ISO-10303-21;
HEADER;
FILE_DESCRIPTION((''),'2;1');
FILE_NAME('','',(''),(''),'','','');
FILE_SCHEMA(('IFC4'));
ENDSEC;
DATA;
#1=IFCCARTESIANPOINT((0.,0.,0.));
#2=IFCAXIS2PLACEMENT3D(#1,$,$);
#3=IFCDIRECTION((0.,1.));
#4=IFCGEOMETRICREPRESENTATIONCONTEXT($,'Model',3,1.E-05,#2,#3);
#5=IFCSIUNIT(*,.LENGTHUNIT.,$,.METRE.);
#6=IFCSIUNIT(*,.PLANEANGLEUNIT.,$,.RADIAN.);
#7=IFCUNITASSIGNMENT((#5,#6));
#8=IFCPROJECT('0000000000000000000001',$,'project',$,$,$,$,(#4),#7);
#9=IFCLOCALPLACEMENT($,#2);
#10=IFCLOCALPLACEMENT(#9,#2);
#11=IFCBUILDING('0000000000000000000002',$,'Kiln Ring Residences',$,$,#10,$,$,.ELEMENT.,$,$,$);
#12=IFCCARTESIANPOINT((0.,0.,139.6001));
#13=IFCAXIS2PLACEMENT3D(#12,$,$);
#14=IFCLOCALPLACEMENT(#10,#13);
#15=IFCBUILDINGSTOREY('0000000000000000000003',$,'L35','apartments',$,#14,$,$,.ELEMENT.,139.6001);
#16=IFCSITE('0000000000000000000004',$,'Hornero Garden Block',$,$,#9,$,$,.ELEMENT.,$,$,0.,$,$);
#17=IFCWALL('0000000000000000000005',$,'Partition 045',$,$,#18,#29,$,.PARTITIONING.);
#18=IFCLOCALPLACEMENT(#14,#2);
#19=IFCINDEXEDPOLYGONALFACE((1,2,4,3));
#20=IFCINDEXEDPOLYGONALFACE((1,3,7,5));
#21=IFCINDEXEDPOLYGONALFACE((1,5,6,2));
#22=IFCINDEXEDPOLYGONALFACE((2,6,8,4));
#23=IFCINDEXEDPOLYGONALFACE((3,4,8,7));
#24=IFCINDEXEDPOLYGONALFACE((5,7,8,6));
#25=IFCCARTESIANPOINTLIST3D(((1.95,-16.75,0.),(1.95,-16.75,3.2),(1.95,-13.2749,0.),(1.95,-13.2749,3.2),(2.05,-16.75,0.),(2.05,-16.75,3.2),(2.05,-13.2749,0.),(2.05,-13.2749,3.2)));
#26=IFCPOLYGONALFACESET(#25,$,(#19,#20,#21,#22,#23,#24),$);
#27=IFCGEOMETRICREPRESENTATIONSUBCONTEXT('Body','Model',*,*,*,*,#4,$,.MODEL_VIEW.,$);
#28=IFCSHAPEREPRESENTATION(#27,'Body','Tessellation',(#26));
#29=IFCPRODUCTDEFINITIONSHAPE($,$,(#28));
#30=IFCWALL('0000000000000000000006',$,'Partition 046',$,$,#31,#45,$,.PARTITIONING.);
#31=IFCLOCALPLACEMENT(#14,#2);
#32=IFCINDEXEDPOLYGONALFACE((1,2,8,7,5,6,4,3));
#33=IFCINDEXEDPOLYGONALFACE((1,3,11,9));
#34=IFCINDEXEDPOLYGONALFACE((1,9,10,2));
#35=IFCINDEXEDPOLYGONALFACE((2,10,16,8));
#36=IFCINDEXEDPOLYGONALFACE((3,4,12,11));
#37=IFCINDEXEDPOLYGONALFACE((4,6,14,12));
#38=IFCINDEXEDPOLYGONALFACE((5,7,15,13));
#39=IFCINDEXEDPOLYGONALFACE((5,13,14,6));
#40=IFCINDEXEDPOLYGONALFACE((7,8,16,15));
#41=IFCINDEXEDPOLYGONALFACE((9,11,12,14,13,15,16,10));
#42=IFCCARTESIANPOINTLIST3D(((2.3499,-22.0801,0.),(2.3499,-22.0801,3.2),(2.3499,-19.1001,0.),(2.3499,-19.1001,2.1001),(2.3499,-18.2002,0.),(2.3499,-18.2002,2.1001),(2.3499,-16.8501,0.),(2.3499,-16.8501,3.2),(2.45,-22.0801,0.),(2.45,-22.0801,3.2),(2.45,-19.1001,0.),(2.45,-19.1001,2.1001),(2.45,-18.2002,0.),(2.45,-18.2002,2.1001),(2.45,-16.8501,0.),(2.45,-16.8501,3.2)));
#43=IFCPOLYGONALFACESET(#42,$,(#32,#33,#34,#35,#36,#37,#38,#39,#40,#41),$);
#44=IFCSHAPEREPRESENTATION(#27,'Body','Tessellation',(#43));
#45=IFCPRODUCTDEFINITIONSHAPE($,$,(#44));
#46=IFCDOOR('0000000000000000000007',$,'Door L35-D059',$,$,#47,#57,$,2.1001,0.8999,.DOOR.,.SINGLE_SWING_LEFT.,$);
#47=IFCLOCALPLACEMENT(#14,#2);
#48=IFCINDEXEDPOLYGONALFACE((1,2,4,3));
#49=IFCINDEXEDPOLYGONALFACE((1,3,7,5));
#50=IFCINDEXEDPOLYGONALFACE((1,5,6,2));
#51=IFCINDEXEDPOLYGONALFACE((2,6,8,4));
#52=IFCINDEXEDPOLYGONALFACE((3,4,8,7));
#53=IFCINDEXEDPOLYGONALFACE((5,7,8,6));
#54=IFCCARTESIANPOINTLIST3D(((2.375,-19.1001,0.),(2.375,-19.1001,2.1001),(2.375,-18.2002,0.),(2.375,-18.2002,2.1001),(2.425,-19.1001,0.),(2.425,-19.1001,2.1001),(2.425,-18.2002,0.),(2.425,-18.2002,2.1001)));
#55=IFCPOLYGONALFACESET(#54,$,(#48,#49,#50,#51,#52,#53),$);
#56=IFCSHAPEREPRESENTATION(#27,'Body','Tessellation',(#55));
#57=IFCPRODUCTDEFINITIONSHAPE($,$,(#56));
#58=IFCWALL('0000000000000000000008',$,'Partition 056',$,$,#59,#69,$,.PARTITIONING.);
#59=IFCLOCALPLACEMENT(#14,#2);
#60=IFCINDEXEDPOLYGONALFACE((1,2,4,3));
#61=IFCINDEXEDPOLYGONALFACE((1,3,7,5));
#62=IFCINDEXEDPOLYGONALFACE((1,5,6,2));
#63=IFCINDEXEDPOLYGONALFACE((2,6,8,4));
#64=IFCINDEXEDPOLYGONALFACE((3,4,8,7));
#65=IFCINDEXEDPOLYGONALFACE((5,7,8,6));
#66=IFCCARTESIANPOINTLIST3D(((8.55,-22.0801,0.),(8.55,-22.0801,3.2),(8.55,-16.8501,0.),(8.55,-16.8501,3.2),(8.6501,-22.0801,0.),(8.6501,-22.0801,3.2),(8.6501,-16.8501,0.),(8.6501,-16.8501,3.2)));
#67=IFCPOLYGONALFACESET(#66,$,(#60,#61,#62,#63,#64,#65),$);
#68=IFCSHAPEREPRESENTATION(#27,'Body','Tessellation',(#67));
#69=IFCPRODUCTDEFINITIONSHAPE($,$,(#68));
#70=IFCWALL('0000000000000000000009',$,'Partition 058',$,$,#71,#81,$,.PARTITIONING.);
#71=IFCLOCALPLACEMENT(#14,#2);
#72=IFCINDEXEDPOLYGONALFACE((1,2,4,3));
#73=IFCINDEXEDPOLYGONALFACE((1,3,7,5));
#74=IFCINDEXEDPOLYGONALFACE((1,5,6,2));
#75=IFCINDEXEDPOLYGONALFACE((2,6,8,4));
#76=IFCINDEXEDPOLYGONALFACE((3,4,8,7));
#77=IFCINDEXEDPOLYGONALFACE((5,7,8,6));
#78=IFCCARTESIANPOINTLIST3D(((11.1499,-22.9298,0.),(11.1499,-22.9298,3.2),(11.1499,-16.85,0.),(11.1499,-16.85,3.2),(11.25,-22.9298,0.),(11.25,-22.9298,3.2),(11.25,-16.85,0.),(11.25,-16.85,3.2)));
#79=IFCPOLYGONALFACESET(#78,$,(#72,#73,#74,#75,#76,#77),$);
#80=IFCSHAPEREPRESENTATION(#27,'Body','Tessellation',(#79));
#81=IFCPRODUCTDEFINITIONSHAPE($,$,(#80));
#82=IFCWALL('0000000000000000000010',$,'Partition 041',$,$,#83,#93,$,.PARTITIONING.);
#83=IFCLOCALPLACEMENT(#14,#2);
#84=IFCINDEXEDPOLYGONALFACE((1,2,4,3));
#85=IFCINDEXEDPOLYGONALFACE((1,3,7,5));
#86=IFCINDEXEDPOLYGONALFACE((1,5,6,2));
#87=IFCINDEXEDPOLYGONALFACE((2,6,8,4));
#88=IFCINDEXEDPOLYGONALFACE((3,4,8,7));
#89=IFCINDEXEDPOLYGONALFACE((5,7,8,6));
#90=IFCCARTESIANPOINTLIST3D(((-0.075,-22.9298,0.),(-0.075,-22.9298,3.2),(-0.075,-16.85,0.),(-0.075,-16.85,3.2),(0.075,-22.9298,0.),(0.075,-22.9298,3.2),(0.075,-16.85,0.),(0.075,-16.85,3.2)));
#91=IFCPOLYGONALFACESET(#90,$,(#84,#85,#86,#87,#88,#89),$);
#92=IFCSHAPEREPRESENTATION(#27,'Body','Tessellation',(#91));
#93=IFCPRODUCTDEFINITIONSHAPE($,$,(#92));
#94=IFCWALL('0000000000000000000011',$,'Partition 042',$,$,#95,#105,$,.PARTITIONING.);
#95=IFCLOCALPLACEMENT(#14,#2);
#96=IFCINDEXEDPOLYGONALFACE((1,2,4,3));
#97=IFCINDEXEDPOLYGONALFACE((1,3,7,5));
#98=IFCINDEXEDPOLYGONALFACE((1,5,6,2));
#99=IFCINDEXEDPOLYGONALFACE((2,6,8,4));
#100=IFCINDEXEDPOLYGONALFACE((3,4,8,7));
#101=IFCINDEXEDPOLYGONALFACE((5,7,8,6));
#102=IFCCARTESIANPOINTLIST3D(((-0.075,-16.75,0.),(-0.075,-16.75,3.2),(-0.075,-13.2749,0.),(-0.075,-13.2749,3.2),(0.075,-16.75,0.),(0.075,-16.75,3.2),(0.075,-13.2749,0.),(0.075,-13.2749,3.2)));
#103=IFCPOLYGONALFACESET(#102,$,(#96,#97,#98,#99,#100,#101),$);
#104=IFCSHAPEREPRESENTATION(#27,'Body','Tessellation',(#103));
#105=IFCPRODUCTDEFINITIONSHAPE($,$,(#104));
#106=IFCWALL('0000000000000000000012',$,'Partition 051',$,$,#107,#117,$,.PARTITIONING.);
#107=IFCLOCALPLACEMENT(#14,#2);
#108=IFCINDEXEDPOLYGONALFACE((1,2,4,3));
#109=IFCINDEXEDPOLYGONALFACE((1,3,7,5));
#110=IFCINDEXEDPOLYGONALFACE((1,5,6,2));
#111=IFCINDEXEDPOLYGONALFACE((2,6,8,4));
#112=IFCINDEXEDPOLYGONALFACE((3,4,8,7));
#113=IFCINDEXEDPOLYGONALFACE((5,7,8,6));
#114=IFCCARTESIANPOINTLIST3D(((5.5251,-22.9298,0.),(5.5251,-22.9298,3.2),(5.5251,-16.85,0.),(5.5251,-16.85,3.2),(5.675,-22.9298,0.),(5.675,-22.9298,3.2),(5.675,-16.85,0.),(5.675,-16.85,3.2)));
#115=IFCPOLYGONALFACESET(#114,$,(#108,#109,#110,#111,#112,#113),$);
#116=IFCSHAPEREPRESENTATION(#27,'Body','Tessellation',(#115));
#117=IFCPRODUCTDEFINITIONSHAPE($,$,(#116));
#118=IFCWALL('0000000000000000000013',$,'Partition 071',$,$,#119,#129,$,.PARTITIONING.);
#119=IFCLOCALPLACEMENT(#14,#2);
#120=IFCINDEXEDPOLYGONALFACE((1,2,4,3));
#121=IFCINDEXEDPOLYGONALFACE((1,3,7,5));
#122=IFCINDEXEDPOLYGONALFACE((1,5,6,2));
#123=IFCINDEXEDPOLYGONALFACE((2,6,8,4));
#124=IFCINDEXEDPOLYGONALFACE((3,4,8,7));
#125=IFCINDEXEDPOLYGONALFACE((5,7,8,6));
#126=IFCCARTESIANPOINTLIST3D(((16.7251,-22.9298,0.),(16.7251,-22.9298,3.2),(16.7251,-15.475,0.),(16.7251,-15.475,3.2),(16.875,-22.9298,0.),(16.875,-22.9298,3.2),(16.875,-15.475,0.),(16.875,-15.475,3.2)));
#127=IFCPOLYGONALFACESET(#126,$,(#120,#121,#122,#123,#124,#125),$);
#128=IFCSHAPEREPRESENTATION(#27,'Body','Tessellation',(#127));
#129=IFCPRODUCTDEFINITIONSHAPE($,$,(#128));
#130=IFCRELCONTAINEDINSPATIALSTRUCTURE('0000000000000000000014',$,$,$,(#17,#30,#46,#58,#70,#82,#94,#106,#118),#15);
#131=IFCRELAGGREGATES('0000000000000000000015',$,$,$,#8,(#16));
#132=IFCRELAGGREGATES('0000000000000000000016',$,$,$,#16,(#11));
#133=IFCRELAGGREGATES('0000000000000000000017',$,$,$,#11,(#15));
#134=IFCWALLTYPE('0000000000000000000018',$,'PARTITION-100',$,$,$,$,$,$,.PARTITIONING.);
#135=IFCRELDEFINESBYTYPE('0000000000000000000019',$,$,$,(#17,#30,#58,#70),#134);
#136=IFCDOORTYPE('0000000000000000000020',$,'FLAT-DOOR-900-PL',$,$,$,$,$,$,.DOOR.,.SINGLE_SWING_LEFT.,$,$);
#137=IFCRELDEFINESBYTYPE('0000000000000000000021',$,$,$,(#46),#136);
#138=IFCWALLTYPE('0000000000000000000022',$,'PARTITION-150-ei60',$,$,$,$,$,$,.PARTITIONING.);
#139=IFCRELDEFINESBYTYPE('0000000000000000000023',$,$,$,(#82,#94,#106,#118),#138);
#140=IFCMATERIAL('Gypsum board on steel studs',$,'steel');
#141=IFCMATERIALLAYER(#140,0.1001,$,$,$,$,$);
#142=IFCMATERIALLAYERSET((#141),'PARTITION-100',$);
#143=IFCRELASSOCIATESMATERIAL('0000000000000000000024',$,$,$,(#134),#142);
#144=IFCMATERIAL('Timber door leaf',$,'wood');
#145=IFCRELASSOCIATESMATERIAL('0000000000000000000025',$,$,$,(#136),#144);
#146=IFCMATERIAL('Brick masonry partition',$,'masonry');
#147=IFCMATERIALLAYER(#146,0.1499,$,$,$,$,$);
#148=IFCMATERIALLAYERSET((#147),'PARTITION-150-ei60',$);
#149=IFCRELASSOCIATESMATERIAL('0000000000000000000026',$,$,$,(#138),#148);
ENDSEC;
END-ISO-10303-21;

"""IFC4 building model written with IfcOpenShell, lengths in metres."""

from ifc_helpers import new_model, si_unit, direction, frame, frame_2d, origin, place, context, subcontext, project, spatial, rectangle, extrude, material, layer, layer_set, type_object, element, fill, save


model = new_model("IFC4")

# Units and contexts
model_context = context("Model", 3, precision=1e-05, world=origin(), true_north=direction((0.0, 1.0)))
body_context = subcontext(model_context, "Body", "Model", "MODEL_VIEW")
ifc_project = project(units=[si_unit("LENGTHUNIT", "METRE"), si_unit("PLANEANGLEUNIT", "RADIAN")], contexts=[model_context])

# Site, building, storey
site_placement = place(None, origin())
site = spatial("IfcSite", under=ifc_project, at=site_placement, Name="Hornero Garden Block", CompositionType="ELEMENT", RefElevation=0.0)
building_placement = place(site_placement, origin())
building = spatial("IfcBuilding", under=site, at=building_placement, Name="Kiln Ring Residences", CompositionType="ELEMENT")
storey_placement = place(building_placement, frame((0.0, 0.0, 139.6001)))
storey = spatial("IfcBuildingStorey", under=building, at=storey_placement, Name="L35", Description="apartments", CompositionType="ELEMENT", Elevation=139.6001)

# Shared definitions
ifc_material_1 = material(Name="Gypsum board on steel studs", Category="steel")
ifc_layer_1 = layer(ifc_material_1, 0.1001)
ifc_layer_set_1 = layer_set([ifc_layer_1], Name="PARTITION-100")
wall_type_1 = type_object("IfcWallType", Name="PARTITION-100", PredefinedType="PARTITIONING", material=ifc_layer_set_1)
ifc_material_2 = material(Name="Timber door leaf", Category="wood")
door_type_1 = type_object("IfcDoorType", Name="FLAT-DOOR-900-PL", OperationType="SINGLE_SWING_LEFT", PredefinedType="DOOR", material=ifc_material_2)

# Wall
wall_1_placement = place(storey_placement, frame((2.0, -16.75, 0.0), z_axis=(0.0, 0.0, 1.0), x_axis=(0.0, 1.0, 0.0)))
element("IfcWall", 1, at=wall_1_placement, inside=storey, type_object=wall_type_1, Name="Partition 045", PredefinedType="PARTITIONING", context=body_context, shape_type="SweptSolid", body=[
    extrude(rectangle(XDim=3.4751, YDim=0.1001, at=frame_2d((1.7375, 0.0))), origin(), (0.0, 0.0, 1.0), 3.2),
])

# Wall, opening, door
wall_2_placement = place(storey_placement, frame((2.3999, -22.0801, 0.0), z_axis=(0.0, 0.0, 1.0), x_axis=(0.0, 1.0, 0.0)))
wall_2 = element("IfcWall", 2, at=wall_2_placement, inside=storey, type_object=wall_type_1, Name="Partition 046", PredefinedType="PARTITIONING", context=body_context, shape_type="SweptSolid", body=[
    extrude(rectangle(XDim=5.23, YDim=0.1001, at=frame_2d((2.615, 0.0))), origin(), (0.0, 0.0, 1.0), 3.2),
])
opening_1_placement = place(wall_2_placement, frame((2.98, 0.0, 0.0)))
opening_1 = element("IfcOpeningElement", 3, at=opening_1_placement, cuts=wall_2, PredefinedType="OPENING", context=body_context, shape_type="SweptSolid", body=[
    extrude(rectangle(XDim=0.8999, YDim=2.1001, at=frame_2d((0.45, 1.05))), frame((0.0, 0.0601, 0.0), z_axis=(0.0, -1.0, 0.0), x_axis=(1.0, 0.0, 0.0)), (0.0, 0.0, 1.0), 0.1201),
])
door_1_placement = place(opening_1_placement, origin())
door_1 = element("IfcDoor", 4, at=door_1_placement, inside=storey, type_object=door_type_1, Name="Door L35-D059", OperationType="SINGLE_SWING_LEFT", OverallHeight=2.1001, OverallWidth=0.8999, PredefinedType="DOOR", context=body_context, shape_type="SweptSolid", body=[
    extrude(rectangle(XDim=0.8999, YDim=2.1001, at=frame_2d((0.45, 1.05))), frame((0.0, 0.0249, 0.0), z_axis=(0.0, -1.0, 0.0), x_axis=(1.0, 0.0, 0.0)), (0.0, 0.0, 1.0), 0.05),
])
fill(opening_1, door_1)

# Walls
wall_3_placement = place(storey_placement, frame((8.6001, -22.0801, 0.0), z_axis=(0.0, 0.0, 1.0), x_axis=(0.0, 1.0, 0.0)))
element("IfcWall", 5, at=wall_3_placement, inside=storey, type_object=wall_type_1, Name="Partition 056", PredefinedType="PARTITIONING", context=body_context, shape_type="SweptSolid", body=[
    extrude(rectangle(XDim=5.23, YDim=0.1001, at=frame_2d((2.615, 0.0))), origin(), (0.0, 0.0, 1.0), 3.2),
])
wall_4_placement = place(storey_placement, frame((11.2, -22.9299, 0.0), z_axis=(0.0, 0.0, 1.0), x_axis=(0.0, 1.0, 0.0)))
element("IfcWall", 6, at=wall_4_placement, inside=storey, type_object=wall_type_1, Name="Partition 058", PredefinedType="PARTITIONING", context=body_context, shape_type="SweptSolid", body=[
    extrude(rectangle(XDim=6.0798, YDim=0.1001, at=frame_2d((3.04, 0.0))), origin(), (0.0, 0.0, 1.0), 3.2),
])
ifc_material_3 = material(Name="Brick masonry partition", Category="masonry")
ifc_layer_2 = layer(ifc_material_3, 0.1499)
ifc_layer_set_2 = layer_set([ifc_layer_2], Name="PARTITION-150-ei60")
wall_type_2 = type_object("IfcWallType", Name="PARTITION-150-ei60", PredefinedType="PARTITIONING", material=ifc_layer_set_2)
wall_5_placement = place(storey_placement, frame((0.0, -22.9299, 0.0), z_axis=(0.0, 0.0, 1.0), x_axis=(0.0, 1.0, 0.0)))
element("IfcWall", 7, at=wall_5_placement, inside=storey, type_object=wall_type_2, Name="Partition 041", PredefinedType="PARTITIONING", context=body_context, shape_type="SweptSolid", body=[
    extrude(rectangle(XDim=6.0798, YDim=0.1499, at=frame_2d((3.04, 0.0))), origin(), (0.0, 0.0, 1.0), 3.2),
])
wall_6_placement = place(storey_placement, frame((0.0, -16.75, 0.0), z_axis=(0.0, 0.0, 1.0), x_axis=(0.0, 1.0, 0.0)))
element("IfcWall", 8, at=wall_6_placement, inside=storey, type_object=wall_type_2, Name="Partition 042", PredefinedType="PARTITIONING", context=body_context, shape_type="SweptSolid", body=[
    extrude(rectangle(XDim=3.4751, YDim=0.1499, at=frame_2d((1.7375, 0.0))), origin(), (0.0, 0.0, 1.0), 3.2),
])
wall_7_placement = place(storey_placement, frame((5.6001, -22.9299, 0.0), z_axis=(0.0, 0.0, 1.0), x_axis=(0.0, 1.0, 0.0)))
element("IfcWall", 9, at=wall_7_placement, inside=storey, type_object=wall_type_2, Name="Partition 051", PredefinedType="PARTITIONING", context=body_context, shape_type="SweptSolid", body=[
    extrude(rectangle(XDim=6.0798, YDim=0.1499, at=frame_2d((3.04, 0.0))), origin(), (0.0, 0.0, 1.0), 3.2),
])
wall_8_placement = place(storey_placement, frame((16.8, -22.9299, 0.0), z_axis=(0.0, 0.0, 1.0), x_axis=(0.0, 1.0, 0.0)))
element("IfcWall", 10, at=wall_8_placement, inside=storey, type_object=wall_type_2, Name="Partition 071", PredefinedType="PARTITIONING", context=body_context, shape_type="SweptSolid", body=[
    extrude(rectangle(XDim=7.4548, YDim=0.1499, at=frame_2d((3.7275, 0.0))), origin(), (0.0, 0.0, 1.0), 3.2),
])

save(model, "model.ifc")
